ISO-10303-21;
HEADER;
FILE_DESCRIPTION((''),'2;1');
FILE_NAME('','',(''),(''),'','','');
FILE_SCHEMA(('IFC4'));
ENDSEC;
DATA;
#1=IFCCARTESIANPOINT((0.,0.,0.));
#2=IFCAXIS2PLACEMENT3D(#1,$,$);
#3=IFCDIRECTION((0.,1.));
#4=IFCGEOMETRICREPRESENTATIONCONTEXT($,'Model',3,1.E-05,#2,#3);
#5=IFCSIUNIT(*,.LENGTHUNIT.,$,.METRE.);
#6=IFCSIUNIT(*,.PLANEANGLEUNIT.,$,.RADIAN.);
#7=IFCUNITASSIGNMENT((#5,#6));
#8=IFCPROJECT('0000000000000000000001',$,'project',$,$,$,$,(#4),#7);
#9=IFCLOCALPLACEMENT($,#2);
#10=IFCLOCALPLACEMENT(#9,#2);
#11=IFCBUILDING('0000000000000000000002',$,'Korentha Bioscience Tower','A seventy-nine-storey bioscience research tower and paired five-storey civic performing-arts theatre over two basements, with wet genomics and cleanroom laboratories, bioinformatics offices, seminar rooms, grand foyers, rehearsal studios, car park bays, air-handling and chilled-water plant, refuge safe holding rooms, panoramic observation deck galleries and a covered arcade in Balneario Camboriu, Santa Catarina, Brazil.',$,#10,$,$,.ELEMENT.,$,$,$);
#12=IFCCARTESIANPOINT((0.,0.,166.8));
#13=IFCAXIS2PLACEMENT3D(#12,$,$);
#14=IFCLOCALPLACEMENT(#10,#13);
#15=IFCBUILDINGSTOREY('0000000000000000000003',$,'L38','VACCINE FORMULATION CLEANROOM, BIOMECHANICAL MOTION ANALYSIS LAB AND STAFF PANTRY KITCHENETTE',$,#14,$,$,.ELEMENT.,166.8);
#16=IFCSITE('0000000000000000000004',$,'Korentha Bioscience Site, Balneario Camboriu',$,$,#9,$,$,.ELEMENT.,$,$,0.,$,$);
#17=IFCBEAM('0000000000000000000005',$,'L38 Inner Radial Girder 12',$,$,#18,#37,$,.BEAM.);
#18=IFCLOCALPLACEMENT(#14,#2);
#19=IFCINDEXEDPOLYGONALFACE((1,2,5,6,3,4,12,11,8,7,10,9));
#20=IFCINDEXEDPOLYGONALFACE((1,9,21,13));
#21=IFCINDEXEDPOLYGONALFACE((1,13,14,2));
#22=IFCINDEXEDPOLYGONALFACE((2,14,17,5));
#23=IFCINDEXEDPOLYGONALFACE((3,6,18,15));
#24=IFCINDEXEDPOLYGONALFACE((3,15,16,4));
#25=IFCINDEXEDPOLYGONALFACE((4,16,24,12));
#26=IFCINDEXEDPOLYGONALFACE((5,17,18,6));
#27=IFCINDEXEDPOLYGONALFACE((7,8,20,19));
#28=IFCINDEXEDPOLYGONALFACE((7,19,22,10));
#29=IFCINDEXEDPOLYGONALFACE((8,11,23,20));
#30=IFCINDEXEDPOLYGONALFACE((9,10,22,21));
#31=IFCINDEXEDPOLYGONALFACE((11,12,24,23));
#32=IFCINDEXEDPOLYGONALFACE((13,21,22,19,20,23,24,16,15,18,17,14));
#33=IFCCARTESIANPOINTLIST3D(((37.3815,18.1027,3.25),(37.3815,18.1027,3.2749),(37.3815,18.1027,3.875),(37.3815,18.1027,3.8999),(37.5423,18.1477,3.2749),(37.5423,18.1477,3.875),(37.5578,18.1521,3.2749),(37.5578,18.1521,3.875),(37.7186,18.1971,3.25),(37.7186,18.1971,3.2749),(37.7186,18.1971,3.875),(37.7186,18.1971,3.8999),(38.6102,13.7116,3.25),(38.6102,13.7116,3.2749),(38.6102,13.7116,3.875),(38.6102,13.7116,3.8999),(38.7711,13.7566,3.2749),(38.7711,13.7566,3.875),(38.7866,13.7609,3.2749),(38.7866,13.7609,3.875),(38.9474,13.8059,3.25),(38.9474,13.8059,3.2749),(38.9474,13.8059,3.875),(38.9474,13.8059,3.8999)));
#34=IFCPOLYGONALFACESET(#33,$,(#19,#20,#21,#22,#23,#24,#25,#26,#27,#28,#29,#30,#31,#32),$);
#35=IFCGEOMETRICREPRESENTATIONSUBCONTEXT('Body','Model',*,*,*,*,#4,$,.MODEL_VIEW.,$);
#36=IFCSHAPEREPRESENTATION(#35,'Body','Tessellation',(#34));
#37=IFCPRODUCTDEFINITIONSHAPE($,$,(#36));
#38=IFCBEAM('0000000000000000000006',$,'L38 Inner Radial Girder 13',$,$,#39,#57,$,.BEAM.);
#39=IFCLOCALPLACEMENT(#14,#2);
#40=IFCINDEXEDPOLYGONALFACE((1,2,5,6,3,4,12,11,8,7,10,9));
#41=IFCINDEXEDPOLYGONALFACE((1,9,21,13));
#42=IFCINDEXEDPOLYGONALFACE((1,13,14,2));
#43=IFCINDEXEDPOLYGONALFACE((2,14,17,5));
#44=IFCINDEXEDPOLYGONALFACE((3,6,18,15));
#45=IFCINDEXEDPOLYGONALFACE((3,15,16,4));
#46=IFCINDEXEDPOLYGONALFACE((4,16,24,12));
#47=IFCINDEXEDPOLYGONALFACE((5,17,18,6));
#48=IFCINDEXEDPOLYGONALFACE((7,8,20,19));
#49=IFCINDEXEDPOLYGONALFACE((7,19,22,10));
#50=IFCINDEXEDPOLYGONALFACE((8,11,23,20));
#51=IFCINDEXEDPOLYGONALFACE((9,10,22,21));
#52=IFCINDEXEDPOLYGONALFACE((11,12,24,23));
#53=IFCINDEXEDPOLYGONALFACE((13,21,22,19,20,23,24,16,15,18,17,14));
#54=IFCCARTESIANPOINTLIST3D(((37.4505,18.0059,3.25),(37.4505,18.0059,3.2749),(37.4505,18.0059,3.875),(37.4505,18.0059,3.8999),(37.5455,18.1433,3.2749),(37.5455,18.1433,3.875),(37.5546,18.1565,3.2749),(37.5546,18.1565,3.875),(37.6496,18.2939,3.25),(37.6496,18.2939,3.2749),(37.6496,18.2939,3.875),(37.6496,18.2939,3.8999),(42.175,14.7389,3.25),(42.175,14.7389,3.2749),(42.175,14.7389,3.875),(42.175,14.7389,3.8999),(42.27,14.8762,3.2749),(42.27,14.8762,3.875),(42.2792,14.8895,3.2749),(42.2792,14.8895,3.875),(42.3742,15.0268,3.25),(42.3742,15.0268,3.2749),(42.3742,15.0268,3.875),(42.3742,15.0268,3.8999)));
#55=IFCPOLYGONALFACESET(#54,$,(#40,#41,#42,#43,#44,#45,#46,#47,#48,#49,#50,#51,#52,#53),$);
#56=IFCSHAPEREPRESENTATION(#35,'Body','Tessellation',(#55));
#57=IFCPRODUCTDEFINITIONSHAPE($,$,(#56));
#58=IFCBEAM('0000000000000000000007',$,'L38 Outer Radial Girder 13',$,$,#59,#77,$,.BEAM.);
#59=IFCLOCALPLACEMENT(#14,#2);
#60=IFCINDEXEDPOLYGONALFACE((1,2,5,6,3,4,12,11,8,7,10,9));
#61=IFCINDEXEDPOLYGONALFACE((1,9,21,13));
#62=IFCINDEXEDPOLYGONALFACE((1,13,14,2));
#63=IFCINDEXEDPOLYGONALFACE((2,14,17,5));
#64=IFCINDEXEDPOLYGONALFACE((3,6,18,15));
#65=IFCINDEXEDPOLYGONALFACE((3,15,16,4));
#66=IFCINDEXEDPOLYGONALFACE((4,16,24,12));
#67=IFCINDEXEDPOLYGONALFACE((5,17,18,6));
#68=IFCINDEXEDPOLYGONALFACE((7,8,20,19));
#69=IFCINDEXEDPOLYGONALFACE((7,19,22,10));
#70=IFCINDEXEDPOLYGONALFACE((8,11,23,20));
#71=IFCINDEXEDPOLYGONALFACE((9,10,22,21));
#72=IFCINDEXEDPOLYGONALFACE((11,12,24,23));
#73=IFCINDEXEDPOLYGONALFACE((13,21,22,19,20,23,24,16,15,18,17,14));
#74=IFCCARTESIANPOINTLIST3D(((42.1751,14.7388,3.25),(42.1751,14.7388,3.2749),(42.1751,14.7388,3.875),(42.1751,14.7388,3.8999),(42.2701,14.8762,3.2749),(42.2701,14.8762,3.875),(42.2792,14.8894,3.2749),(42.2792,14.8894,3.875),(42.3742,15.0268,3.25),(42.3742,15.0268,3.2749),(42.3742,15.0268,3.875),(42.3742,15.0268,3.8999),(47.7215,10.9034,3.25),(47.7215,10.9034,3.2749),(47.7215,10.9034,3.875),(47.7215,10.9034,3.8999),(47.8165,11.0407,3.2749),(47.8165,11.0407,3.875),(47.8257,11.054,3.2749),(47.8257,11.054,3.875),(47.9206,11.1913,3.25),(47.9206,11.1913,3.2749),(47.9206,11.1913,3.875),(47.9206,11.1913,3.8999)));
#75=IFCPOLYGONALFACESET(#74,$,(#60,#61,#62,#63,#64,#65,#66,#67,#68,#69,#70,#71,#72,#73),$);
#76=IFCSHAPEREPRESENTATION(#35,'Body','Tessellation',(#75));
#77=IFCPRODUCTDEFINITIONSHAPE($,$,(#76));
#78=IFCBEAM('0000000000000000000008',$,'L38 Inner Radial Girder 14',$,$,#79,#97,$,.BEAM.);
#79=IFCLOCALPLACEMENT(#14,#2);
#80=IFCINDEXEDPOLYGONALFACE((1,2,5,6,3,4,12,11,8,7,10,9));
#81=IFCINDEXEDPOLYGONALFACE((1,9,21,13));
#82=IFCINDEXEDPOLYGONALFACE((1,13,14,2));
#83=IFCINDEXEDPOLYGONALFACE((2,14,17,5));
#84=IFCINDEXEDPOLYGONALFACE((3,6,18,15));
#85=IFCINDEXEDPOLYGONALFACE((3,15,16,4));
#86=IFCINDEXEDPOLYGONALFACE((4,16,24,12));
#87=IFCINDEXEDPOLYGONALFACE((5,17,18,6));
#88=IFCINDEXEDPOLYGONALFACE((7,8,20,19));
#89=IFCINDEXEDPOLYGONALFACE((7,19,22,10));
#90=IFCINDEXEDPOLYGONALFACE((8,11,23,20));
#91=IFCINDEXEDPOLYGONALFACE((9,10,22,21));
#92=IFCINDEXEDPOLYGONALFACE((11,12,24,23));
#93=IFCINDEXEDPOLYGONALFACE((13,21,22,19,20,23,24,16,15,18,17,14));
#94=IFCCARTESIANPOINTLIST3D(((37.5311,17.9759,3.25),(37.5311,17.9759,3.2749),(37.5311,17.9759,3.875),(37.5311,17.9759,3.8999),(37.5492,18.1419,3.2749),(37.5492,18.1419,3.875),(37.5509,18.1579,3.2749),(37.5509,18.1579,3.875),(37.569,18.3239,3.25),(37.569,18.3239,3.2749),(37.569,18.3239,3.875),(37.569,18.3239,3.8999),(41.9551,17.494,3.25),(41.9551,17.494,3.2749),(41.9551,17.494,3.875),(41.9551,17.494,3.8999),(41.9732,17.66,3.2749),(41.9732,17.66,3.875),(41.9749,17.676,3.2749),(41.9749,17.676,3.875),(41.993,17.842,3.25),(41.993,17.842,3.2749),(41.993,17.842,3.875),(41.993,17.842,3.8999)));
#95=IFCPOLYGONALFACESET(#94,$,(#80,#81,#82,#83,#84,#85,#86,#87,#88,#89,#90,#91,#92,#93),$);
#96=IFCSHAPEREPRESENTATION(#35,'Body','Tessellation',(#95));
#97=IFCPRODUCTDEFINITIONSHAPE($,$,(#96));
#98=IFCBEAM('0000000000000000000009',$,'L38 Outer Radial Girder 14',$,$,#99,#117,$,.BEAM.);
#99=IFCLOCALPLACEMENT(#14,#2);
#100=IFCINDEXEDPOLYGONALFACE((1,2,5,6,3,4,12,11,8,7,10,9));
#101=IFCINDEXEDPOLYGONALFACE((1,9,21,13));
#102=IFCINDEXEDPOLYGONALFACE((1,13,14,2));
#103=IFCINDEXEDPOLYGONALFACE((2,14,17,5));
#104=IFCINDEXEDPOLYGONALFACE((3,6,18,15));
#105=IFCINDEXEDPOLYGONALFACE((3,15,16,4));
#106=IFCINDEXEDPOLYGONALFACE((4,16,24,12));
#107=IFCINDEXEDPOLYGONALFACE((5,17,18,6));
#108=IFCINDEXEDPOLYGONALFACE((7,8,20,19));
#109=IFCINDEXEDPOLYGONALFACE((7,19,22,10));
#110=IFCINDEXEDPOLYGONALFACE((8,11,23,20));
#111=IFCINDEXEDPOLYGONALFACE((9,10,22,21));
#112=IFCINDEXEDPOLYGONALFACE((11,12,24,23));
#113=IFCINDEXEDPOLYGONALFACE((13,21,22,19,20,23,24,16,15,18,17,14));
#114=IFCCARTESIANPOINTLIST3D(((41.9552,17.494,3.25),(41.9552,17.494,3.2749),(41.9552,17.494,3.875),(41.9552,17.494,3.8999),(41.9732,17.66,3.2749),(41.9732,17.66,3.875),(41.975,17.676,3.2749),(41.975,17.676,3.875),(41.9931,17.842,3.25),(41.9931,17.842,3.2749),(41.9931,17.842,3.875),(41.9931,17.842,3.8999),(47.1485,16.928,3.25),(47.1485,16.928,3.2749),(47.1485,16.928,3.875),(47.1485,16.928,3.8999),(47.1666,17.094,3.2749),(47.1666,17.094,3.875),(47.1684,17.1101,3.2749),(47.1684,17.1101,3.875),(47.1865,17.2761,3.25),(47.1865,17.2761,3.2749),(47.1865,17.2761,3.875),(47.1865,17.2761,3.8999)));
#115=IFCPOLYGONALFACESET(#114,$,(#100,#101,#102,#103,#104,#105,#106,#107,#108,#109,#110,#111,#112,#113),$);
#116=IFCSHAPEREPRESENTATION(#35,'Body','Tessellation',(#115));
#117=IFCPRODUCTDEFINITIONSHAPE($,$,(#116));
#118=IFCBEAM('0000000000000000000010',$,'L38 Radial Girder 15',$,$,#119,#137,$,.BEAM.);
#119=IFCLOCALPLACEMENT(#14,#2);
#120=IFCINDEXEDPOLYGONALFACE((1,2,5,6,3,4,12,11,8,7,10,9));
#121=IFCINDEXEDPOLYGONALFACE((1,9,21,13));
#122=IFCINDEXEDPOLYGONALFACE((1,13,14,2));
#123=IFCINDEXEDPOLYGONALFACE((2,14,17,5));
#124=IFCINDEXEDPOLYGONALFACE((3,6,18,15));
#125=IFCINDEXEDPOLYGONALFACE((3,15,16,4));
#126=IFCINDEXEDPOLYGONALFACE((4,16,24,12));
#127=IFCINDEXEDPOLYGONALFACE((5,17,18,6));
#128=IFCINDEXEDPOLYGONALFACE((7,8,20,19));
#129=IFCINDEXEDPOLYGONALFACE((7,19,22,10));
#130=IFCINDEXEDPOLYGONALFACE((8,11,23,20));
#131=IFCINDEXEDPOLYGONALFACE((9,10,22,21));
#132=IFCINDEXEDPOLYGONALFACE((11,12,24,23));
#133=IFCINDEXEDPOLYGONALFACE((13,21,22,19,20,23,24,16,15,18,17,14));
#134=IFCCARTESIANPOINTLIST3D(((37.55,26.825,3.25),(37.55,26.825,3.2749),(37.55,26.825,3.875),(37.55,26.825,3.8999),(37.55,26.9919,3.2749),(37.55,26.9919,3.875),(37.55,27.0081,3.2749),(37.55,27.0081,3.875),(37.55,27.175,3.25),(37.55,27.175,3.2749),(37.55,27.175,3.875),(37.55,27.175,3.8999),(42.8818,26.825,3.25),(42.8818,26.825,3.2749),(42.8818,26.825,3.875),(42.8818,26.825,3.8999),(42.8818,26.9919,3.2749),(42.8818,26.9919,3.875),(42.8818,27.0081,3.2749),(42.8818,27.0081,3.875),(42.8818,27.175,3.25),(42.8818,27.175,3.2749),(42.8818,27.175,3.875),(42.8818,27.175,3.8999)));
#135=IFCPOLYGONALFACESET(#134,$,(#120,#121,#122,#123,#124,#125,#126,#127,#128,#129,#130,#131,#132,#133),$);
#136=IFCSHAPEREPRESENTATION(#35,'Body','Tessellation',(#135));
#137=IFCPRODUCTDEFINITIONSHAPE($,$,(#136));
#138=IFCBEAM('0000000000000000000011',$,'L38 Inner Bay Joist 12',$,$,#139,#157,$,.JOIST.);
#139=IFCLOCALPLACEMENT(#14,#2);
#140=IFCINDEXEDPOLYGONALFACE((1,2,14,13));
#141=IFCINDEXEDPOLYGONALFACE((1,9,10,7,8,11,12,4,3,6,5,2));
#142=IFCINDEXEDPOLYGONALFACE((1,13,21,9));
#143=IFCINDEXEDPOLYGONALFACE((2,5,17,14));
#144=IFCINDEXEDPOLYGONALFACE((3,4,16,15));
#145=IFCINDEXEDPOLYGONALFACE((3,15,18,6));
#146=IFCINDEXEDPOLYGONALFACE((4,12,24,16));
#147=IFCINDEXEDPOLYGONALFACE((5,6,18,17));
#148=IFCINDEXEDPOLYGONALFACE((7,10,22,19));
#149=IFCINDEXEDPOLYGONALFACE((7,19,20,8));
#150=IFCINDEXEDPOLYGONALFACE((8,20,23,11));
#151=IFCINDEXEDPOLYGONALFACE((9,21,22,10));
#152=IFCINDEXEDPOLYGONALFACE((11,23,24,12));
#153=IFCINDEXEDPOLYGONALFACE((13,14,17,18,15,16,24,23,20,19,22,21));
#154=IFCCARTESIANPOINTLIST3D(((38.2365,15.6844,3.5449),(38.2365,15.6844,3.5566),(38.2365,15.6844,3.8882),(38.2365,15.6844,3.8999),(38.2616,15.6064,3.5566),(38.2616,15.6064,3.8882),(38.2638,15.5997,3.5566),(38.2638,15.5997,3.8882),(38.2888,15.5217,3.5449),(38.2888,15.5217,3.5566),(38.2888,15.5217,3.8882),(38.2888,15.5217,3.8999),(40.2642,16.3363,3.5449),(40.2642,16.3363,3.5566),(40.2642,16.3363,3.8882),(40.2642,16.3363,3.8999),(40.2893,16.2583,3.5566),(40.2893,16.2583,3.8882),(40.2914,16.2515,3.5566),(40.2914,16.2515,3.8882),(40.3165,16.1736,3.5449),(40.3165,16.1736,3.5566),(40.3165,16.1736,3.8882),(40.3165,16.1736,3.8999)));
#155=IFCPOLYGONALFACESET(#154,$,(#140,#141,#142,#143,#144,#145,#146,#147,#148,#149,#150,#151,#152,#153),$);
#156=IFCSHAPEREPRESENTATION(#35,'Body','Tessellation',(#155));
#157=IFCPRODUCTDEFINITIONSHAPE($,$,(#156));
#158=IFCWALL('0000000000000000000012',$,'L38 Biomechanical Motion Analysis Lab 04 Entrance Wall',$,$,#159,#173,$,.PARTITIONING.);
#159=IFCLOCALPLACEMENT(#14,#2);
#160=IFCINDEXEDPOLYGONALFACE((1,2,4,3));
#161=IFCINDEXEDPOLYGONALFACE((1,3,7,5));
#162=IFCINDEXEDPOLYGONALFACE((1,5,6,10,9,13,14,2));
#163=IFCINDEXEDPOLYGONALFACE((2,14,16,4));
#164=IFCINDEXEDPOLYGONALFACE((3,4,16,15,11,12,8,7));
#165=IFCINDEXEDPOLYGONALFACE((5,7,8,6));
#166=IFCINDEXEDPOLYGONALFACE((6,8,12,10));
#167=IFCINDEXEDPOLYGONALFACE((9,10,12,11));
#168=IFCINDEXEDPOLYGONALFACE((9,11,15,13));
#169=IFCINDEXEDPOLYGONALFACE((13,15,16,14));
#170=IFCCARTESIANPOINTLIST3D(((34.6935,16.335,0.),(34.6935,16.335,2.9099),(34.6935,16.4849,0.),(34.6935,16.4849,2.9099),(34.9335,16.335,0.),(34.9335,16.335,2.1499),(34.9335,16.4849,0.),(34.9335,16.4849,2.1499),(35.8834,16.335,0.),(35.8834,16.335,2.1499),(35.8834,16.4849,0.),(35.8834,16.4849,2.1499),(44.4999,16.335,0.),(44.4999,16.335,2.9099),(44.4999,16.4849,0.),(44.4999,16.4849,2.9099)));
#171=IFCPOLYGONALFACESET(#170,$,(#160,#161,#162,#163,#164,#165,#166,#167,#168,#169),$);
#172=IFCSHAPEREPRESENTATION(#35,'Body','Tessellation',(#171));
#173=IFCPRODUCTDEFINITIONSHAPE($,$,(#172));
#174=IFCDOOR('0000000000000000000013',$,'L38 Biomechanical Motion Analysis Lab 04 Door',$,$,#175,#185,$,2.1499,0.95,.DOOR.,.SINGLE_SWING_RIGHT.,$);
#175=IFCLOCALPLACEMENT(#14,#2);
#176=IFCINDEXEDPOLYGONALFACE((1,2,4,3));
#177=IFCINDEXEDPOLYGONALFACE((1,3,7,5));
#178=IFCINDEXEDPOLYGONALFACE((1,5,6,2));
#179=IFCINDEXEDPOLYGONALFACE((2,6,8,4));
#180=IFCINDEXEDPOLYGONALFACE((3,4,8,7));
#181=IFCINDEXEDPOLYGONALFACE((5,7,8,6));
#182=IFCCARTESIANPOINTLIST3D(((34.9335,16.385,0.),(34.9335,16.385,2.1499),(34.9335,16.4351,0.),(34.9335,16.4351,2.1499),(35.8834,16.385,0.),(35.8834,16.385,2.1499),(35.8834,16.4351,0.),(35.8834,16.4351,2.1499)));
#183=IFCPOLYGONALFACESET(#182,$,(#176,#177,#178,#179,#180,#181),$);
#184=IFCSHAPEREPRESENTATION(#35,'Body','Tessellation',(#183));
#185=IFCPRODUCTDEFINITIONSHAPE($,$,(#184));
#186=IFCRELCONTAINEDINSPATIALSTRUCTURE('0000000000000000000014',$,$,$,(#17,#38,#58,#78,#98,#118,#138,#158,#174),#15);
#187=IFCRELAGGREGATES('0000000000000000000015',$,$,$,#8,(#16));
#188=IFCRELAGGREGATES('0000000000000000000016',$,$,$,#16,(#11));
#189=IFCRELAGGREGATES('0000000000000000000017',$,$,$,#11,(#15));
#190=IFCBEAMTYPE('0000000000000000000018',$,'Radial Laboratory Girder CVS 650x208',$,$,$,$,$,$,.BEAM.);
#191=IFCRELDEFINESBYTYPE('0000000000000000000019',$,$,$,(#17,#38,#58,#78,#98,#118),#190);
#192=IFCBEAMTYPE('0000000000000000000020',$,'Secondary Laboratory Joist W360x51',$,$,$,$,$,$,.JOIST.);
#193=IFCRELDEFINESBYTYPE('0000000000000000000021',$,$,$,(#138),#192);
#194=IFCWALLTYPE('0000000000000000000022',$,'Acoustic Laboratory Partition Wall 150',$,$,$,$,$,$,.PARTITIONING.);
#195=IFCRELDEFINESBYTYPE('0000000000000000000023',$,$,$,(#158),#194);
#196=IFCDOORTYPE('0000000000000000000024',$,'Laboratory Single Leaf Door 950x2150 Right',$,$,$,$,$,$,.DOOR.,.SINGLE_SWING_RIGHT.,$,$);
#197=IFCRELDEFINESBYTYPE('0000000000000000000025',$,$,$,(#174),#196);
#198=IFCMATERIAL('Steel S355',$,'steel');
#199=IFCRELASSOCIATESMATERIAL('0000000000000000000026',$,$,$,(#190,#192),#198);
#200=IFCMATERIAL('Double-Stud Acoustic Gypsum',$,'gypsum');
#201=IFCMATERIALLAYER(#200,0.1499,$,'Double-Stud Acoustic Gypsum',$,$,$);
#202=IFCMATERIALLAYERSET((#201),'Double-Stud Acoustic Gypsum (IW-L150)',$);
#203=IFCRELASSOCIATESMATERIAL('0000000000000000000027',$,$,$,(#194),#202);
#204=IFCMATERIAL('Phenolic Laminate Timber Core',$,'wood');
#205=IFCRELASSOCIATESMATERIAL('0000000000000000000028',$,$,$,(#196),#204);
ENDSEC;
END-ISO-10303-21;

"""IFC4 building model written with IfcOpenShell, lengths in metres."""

from ifc_helpers import new_model, si_unit, direction, frame, frame_2d, origin, origin_2d, place, context, subcontext, project, spatial, rectangle, i_section, extrude, material, layer, layer_set, material_profile, profile_set, type_object, element, fill, save


model = new_model("IFC4")

# Units and contexts
model_context = context("Model", 3, precision=1e-05, world=origin(), true_north=direction((0.0, 1.0)))
body_context = subcontext(model_context, "Body", "Model", "MODEL_VIEW")
ifc_project = project(units=[si_unit("LENGTHUNIT", "METRE"), si_unit("PLANEANGLEUNIT", "RADIAN")], contexts=[model_context])

# Site, building, storey
site_placement = place(None, origin())
site = spatial("IfcSite", under=ifc_project, at=site_placement, Name="Korentha Bioscience Site, Balneario Camboriu", CompositionType="ELEMENT", RefElevation=0.0)
building_placement = place(site_placement, origin())
building = spatial("IfcBuilding", under=site, at=building_placement, Name="Korentha Bioscience Tower", Description="A seventy-nine-storey bioscience research tower and paired five-storey civic performing-arts theatre over two basements, with wet genomics and cleanroom laboratories, bioinformatics offices, seminar rooms, grand foyers, rehearsal studios, car park bays, air-handling and chilled-water plant, refuge safe holding rooms, panoramic observation deck galleries and a covered arcade in Balneario Camboriu, Santa Catarina, Brazil.", CompositionType="ELEMENT")
storey_placement = place(building_placement, frame((0.0, 0.0, 166.8)))
storey = spatial("IfcBuildingStorey", under=building, at=storey_placement, Name="L38", Description="VACCINE FORMULATION CLEANROOM, BIOMECHANICAL MOTION ANALYSIS LAB AND STAFF PANTRY KITCHENETTE", CompositionType="ELEMENT", Elevation=166.8)

# Beams
ifc_material_1 = material(Name="Steel S355", Category="steel")
ifc_material_profile_1 = material_profile(ifc_material_1, i_section(OverallWidth=0.3501, OverallDepth=0.6499, WebThickness=0.0161, FlangeThickness=0.0249, at=origin_2d()), Name="Steel S355")
ifc_profile_set_1 = profile_set([ifc_material_profile_1], Name="Steel S355 (RB-650)")
beam_type_1 = type_object("IfcBeamType", Name="Radial Laboratory Girder CVS 650x208", PredefinedType="BEAM", material=ifc_profile_set_1)
beam_1_placement = place(storey_placement, frame((37.55, 18.1499, 3.575), z_axis=(0.269477, -0.963007, 0.0), x_axis=(0.963007, 0.269477, 0.0)))
element("IfcBeam", 1, at=beam_1_placement, inside=storey, type_object=beam_type_1, Name="L38 Inner Radial Girder 12", PredefinedType="BEAM", context=body_context, shape_type="SweptSolid", body=[
    extrude(i_section(OverallWidth=0.3501, OverallDepth=0.6499, WebThickness=0.0161, FlangeThickness=0.0249, at=origin_2d()), origin(), (0.0, 0.0, 1.0), 4.5598),
])
beam_2_placement = place(storey_placement, frame((37.55, 18.1499, 3.575), z_axis=(0.822501, -0.568763, 0.0), x_axis=(0.568763, 0.822501, 0.0)))
element("IfcBeam", 2, at=beam_2_placement, inside=storey, type_object=beam_type_1, Name="L38 Inner Radial Girder 13", PredefinedType="BEAM", context=body_context, shape_type="SweptSolid", body=[
    extrude(i_section(OverallWidth=0.3501, OverallDepth=0.6499, WebThickness=0.0161, FlangeThickness=0.0249, at=origin_2d()), origin(), (0.0, 0.0, 1.0), 5.7441),
])
beam_3_placement = place(storey_placement, frame((42.2747, 14.8828, 3.575), z_axis=(0.822494, -0.568773, 0.0), x_axis=(0.568773, 0.822494, 0.0)))
element("IfcBeam", 3, at=beam_3_placement, inside=storey, type_object=beam_type_1, Name="L38 Outer Radial Girder 13", PredefinedType="BEAM", context=body_context, shape_type="SweptSolid", body=[
    extrude(i_section(OverallWidth=0.3501, OverallDepth=0.6499, WebThickness=0.0161, FlangeThickness=0.0249, at=origin_2d()), origin(), (0.0, 0.0, 1.0), 6.7434),
])
beam_4_placement = place(storey_placement, frame((37.55, 18.1499, 3.575), z_axis=(0.994119, -0.108294, 0.0), x_axis=(0.108294, 0.994119, 0.0)))
element("IfcBeam", 4, at=beam_4_placement, inside=storey, type_object=beam_type_1, Name="L38 Inner Radial Girder 14", PredefinedType="BEAM", context=body_context, shape_type="SweptSolid", body=[
    extrude(i_section(OverallWidth=0.3501, OverallDepth=0.6499, WebThickness=0.0161, FlangeThickness=0.0249, at=origin_2d()), origin(), (0.0, 0.0, 1.0), 4.4502),
])
beam_5_placement = place(storey_placement, frame((41.9741, 17.668, 3.575), z_axis=(0.994115, -0.108328, 0.0), x_axis=(0.108328, 0.994115, 0.0)))
element("IfcBeam", 5, at=beam_5_placement, inside=storey, type_object=beam_type_1, Name="L38 Outer Radial Girder 14", PredefinedType="BEAM", context=body_context, shape_type="SweptSolid", body=[
    extrude(i_section(OverallWidth=0.3501, OverallDepth=0.6499, WebThickness=0.0161, FlangeThickness=0.0249, at=origin_2d()), origin(), (0.0, 0.0, 1.0), 5.2241),
])
beam_6_placement = place(storey_placement, frame((37.55, 27.0, 3.575), z_axis=(1.0, 0.0, 0.0), x_axis=(0.0, 1.0, 0.0)))
element("IfcBeam", 6, at=beam_6_placement, inside=storey, type_object=beam_type_1, Name="L38 Radial Girder 15", PredefinedType="BEAM", context=body_context, shape_type="SweptSolid", body=[
    extrude(i_section(OverallWidth=0.3501, OverallDepth=0.6499, WebThickness=0.0161, FlangeThickness=0.0249, at=origin_2d()), origin(), (0.0, 0.0, 1.0), 5.3318),
])
ifc_material_profile_2 = material_profile(ifc_material_1, i_section(OverallWidth=0.1709, OverallDepth=0.355, WebThickness=0.0071, FlangeThickness=0.0117, at=origin_2d()), Name="Steel S355")
ifc_profile_set_2 = profile_set([ifc_material_profile_2], Name="Steel S355 (JB-360)")
beam_type_2 = type_object("IfcBeamType", Name="Secondary Laboratory Joist W360x51", PredefinedType="JOIST", material=ifc_profile_set_2)
beam_7_placement = place(storey_placement, frame((38.2627, 15.603, 3.7224), z_axis=(0.952011, 0.306065, 0.0), x_axis=(-0.306065, 0.952011, 0.0)))
element("IfcBeam", 7, at=beam_7_placement, inside=storey, type_object=beam_type_2, Name="L38 Inner Bay Joist 12", PredefinedType="JOIST", context=body_context, shape_type="SweptSolid", body=[
    extrude(i_section(OverallWidth=0.1709, OverallDepth=0.355, WebThickness=0.0071, FlangeThickness=0.0117, at=origin_2d()), origin(), (0.0, 0.0, 1.0), 2.1299),
])

# Wall, opening, door
ifc_material_2 = material(Name="Double-Stud Acoustic Gypsum", Category="gypsum")
ifc_layer_1 = layer(ifc_material_2, 0.1499, Name="Double-Stud Acoustic Gypsum")
ifc_layer_set_1 = layer_set([ifc_layer_1], Name="Double-Stud Acoustic Gypsum (IW-L150)")
wall_type_1 = type_object("IfcWallType", Name="Acoustic Laboratory Partition Wall 150", PredefinedType="PARTITIONING", material=ifc_layer_set_1)
wall_1_placement = place(storey_placement, frame((44.5, 16.4099, 0.0), z_axis=(0.0, 0.0, 1.0), x_axis=(-1.0, 0.0, 0.0)))
wall_1 = element("IfcWall", 8, at=wall_1_placement, inside=storey, type_object=wall_type_1, Name="L38 Biomechanical Motion Analysis Lab 04 Entrance Wall", PredefinedType="PARTITIONING", context=body_context, shape_type="SweptSolid", body=[
    extrude(rectangle(XDim=9.8064, YDim=0.1499, at=frame_2d((4.9033, 0.0))), origin(), (0.0, 0.0, 1.0), 2.9099),
])
opening_placement = place(wall_1_placement, frame((8.6165, 0.0, 0.0)))
opening = element("IfcOpeningElement", 9, at=opening_placement, cuts=wall_1, PredefinedType="OPENING", context=body_context, shape_type="SweptSolid", body=[
    extrude(rectangle(XDim=0.95, YDim=2.1499, at=frame_2d((0.4751, 1.075))), frame((0.0, 0.0898, 0.0), z_axis=(0.0, -1.0, 0.0), x_axis=(1.0, 0.0, 0.0)), (0.0, 0.0, 1.0), 0.1797),
])
ifc_material_3 = material(Name="Phenolic Laminate Timber Core", Category="wood")
door_type = type_object("IfcDoorType", Name="Laboratory Single Leaf Door 950x2150 Right", OperationType="SINGLE_SWING_RIGHT", PredefinedType="DOOR", material=ifc_material_3)
door_placement = place(opening_placement, origin())
door = element("IfcDoor", 10, at=door_placement, inside=storey, type_object=door_type, Name="L38 Biomechanical Motion Analysis Lab 04 Door", OperationType="SINGLE_SWING_RIGHT", OverallHeight=2.1499, OverallWidth=0.95, PredefinedType="DOOR", context=body_context, shape_type="SweptSolid", body=[
    extrude(rectangle(XDim=0.95, YDim=2.1499, at=frame_2d((0.4751, 1.075))), frame((0.0, 0.0249, 0.0), z_axis=(0.0, -1.0, 0.0), x_axis=(1.0, 0.0, 0.0)), (0.0, 0.0, 1.0), 0.05),
])
fill(opening, door)

save(model, "model.ifc")
